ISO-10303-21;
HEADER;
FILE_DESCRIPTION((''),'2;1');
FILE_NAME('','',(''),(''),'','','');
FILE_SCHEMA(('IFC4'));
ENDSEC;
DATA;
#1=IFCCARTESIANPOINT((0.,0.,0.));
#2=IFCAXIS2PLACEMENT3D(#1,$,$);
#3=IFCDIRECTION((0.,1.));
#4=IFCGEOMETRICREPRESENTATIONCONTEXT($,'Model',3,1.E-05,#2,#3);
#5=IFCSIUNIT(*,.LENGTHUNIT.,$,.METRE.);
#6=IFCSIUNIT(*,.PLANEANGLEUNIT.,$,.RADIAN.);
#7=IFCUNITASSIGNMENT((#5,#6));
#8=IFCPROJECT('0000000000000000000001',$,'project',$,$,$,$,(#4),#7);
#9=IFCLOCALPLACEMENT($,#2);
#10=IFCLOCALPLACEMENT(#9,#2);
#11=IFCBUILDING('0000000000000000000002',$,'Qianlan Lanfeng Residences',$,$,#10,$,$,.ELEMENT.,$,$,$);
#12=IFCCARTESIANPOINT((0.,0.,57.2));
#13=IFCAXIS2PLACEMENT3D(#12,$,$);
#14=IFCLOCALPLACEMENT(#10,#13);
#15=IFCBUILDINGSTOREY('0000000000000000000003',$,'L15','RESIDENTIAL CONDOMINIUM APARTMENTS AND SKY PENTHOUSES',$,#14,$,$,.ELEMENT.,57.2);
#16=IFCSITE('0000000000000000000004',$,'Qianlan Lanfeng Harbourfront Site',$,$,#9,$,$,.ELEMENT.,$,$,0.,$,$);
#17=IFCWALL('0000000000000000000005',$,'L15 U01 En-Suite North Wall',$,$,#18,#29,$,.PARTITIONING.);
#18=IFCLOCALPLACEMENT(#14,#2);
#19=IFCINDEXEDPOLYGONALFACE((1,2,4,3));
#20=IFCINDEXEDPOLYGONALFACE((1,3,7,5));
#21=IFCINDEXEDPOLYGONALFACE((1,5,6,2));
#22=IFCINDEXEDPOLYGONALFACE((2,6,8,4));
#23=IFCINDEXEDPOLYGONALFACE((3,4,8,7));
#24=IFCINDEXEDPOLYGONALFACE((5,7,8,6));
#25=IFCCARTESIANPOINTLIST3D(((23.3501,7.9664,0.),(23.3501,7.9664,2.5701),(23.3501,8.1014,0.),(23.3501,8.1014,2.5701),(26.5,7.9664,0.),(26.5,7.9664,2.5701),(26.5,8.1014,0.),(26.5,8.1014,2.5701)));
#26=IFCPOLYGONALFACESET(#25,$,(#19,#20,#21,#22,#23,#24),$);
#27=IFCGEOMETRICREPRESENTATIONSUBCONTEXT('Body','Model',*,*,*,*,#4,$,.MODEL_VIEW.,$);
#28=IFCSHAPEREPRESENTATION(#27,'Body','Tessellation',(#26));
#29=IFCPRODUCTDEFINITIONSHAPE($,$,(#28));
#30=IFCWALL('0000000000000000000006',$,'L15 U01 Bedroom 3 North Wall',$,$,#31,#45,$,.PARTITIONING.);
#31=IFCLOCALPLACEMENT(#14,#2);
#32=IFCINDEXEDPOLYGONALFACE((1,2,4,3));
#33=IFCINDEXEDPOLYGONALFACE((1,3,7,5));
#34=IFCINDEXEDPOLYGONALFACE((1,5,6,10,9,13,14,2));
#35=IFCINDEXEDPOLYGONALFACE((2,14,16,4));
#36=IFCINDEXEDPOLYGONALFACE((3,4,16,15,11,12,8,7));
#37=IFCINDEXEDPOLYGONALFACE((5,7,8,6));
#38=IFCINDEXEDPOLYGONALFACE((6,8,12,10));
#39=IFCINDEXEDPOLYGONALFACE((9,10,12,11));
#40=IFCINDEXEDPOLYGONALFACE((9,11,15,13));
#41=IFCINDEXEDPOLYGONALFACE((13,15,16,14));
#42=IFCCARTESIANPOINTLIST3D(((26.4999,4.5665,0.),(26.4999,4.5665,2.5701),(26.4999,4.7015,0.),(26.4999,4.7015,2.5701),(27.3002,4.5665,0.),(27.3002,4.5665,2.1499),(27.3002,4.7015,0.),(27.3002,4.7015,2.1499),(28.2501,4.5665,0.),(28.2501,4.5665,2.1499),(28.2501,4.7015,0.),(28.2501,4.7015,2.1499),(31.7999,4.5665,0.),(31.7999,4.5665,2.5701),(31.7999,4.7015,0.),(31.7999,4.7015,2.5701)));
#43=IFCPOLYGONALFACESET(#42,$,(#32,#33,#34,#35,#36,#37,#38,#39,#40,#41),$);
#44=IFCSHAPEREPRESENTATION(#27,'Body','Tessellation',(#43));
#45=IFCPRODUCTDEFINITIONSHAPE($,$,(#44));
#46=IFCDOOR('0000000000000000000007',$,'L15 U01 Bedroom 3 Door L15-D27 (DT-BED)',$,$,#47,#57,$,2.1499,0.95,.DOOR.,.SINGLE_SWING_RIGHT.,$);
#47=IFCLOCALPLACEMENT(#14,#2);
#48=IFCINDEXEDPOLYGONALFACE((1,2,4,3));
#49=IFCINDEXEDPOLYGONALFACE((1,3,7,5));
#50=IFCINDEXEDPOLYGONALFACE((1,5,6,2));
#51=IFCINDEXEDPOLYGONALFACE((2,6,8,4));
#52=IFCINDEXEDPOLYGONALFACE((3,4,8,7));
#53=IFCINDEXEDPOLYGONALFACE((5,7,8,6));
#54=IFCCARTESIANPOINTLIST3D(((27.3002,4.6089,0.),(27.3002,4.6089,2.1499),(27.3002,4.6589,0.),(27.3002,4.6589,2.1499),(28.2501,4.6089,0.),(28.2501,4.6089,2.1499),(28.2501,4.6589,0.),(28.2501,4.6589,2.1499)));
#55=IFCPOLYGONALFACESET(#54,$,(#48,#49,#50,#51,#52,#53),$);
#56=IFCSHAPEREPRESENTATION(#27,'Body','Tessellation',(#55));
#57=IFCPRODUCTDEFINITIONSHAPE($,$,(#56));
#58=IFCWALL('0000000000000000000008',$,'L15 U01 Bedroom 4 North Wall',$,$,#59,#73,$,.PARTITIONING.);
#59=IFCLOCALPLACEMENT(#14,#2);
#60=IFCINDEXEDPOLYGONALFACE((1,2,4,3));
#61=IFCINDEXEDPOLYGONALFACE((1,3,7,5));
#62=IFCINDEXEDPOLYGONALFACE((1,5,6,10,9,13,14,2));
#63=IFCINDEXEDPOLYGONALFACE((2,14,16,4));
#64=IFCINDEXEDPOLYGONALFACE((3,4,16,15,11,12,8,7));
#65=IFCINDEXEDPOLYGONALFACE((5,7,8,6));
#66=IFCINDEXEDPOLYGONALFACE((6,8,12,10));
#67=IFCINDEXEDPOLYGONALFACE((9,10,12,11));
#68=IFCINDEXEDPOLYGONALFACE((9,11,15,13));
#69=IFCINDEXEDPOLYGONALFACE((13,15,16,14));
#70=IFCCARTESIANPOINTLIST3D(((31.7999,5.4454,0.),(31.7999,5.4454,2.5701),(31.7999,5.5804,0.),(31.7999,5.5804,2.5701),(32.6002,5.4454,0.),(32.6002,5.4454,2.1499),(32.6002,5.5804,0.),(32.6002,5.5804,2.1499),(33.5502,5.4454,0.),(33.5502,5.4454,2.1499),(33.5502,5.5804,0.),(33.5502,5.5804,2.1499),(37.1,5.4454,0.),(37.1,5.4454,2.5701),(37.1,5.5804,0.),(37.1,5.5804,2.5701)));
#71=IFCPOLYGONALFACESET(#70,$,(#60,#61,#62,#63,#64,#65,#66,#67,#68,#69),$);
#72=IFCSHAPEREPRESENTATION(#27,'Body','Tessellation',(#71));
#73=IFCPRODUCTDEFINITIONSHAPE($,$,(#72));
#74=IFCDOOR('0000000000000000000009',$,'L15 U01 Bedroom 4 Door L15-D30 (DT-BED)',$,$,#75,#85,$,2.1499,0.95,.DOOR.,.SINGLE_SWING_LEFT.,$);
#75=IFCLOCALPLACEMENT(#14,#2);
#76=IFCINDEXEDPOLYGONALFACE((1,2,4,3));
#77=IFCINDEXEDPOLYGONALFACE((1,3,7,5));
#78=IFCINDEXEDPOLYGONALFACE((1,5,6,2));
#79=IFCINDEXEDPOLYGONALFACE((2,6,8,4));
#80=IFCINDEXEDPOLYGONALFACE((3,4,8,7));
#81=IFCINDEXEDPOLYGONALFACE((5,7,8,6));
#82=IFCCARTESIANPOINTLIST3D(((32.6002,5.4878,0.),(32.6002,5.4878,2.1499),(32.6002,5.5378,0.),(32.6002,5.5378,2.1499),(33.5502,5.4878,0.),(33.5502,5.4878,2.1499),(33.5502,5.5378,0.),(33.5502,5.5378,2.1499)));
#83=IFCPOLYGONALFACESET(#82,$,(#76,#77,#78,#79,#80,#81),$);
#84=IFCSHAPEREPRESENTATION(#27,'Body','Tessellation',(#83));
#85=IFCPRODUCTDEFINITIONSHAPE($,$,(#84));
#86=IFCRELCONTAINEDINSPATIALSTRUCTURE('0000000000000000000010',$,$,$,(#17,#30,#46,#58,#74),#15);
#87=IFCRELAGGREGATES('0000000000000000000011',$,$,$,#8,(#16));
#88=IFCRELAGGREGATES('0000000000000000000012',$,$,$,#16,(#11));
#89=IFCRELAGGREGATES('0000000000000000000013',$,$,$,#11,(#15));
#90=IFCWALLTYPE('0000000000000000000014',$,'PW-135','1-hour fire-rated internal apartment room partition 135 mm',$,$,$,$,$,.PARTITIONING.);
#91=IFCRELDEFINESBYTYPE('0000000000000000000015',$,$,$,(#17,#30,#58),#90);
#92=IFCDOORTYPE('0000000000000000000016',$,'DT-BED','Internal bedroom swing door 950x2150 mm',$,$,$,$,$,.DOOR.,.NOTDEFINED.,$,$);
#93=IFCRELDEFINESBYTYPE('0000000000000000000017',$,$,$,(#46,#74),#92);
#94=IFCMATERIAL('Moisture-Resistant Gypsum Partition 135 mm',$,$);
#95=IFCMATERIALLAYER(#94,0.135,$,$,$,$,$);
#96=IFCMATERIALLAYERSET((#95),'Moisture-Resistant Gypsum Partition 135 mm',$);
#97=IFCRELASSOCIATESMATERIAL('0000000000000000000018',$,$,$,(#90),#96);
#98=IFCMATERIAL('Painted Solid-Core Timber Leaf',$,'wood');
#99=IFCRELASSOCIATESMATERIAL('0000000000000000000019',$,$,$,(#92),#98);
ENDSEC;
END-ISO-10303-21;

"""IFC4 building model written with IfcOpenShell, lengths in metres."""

from ifc_helpers import new_model, si_unit, direction, frame, frame_2d, origin, place, context, subcontext, project, spatial, rectangle, extrude, material, layer, layer_set, type_object, element, fill, save


model = new_model("IFC4")

# Units and contexts
model_context = context("Model", 3, precision=1e-05, world=origin(), true_north=direction((0.0, 1.0)))
body_context = subcontext(model_context, "Body", "Model", "MODEL_VIEW")
ifc_project = project(units=[si_unit("LENGTHUNIT", "METRE"), si_unit("PLANEANGLEUNIT", "RADIAN")], contexts=[model_context])

# Site, building, storey
site_placement = place(None, origin())
site = spatial("IfcSite", under=ifc_project, at=site_placement, Name="Qianlan Lanfeng Harbourfront Site", CompositionType="ELEMENT", RefElevation=0.0)
building_placement = place(site_placement, origin())
building = spatial("IfcBuilding", under=site, at=building_placement, Name="Qianlan Lanfeng Residences", CompositionType="ELEMENT")
storey_placement = place(building_placement, frame((0.0, 0.0, 57.2)))
storey = spatial("IfcBuildingStorey", under=building, at=storey_placement, Name="L15", Description="RESIDENTIAL CONDOMINIUM APARTMENTS AND SKY PENTHOUSES", CompositionType="ELEMENT", Elevation=57.2)

# Shared definitions
ifc_material_1 = material(Name="Moisture-Resistant Gypsum Partition 135 mm")
ifc_layer_1 = layer(ifc_material_1, 0.135)
ifc_layer_set_1 = layer_set([ifc_layer_1], Name="Moisture-Resistant Gypsum Partition 135 mm")
wall_type_1 = type_object("IfcWallType", Name="PW-135", Description="1-hour fire-rated internal apartment room partition 135 mm", PredefinedType="PARTITIONING", material=ifc_layer_set_1)
ifc_material_2 = material(Name="Painted Solid-Core Timber Leaf", Category="wood")
door_type_1 = type_object("IfcDoorType", Name="DT-BED", Description="Internal bedroom swing door 950x2150 mm", OperationType="NOTDEFINED", PredefinedType="DOOR", material=ifc_material_2)

# Wall
wall_1_placement = place(storey_placement, frame((23.3501, 8.0339, 0.0), z_axis=(0.0, 0.0, 1.0), x_axis=(1.0, 0.0, 0.0)))
element("IfcWall", 1, at=wall_1_placement, inside=storey, type_object=wall_type_1, Name="L15 U01 En-Suite North Wall", PredefinedType="PARTITIONING", context=body_context, shape_type="SweptSolid", body=[
    extrude(rectangle(XDim=3.1499, YDim=0.135, at=frame_2d((1.575, 0.0))), origin(), (0.0, 0.0, 1.0), 2.5701),
])

# Walls, openings, doors
wall_2_placement = place(storey_placement, frame((26.5, 4.634, 0.0), z_axis=(0.0, 0.0, 1.0), x_axis=(1.0, 0.0, 0.0)))
wall_2 = element("IfcWall", 2, at=wall_2_placement, inside=storey, type_object=wall_type_1, Name="L15 U01 Bedroom 3 North Wall", PredefinedType="PARTITIONING", context=body_context, shape_type="SweptSolid", body=[
    extrude(rectangle(XDim=5.3, YDim=0.135, at=frame_2d((2.6499, 0.0))), origin(), (0.0, 0.0, 1.0), 2.5701),
])
opening_1_placement = place(wall_2_placement, frame((0.8, 0.0, 0.0)))
opening_1 = element("IfcOpeningElement", 3, at=opening_1_placement, cuts=wall_2, PredefinedType="OPENING", context=body_context, shape_type="SweptSolid", body=[
    extrude(rectangle(XDim=0.95, YDim=2.1499, at=frame_2d((0.4751, 1.075))), frame((0.0, 0.0776, 0.0), z_axis=(0.0, -1.0, 0.0), x_axis=(1.0, 0.0, 0.0)), (0.0, 0.0, 1.0), 0.155),
])
door_1_placement = place(opening_1_placement, origin())
door_1 = element("IfcDoor", 4, at=door_1_placement, inside=storey, type_object=door_type_1, Name="L15 U01 Bedroom 3 Door L15-D27 (DT-BED)", OperationType="SINGLE_SWING_RIGHT", OverallHeight=2.1499, OverallWidth=0.95, PredefinedType="DOOR", context=body_context, shape_type="SweptSolid", body=[
    extrude(rectangle(XDim=0.95, YDim=2.1499, at=frame_2d((0.4751, 1.075))), frame((0.0, 0.0249, 0.0), z_axis=(0.0, -1.0, 0.0), x_axis=(1.0, 0.0, 0.0)), (0.0, 0.0, 1.0), 0.05),
])
fill(opening_1, door_1)
wall_3_placement = place(storey_placement, frame((31.8, 5.5129, 0.0), z_axis=(0.0, 0.0, 1.0), x_axis=(1.0, 0.0, 0.0)))
wall_3 = element("IfcWall", 5, at=wall_3_placement, inside=storey, type_object=wall_type_1, Name="L15 U01 Bedroom 4 North Wall", PredefinedType="PARTITIONING", context=body_context, shape_type="SweptSolid", body=[
    extrude(rectangle(XDim=5.3, YDim=0.135, at=frame_2d((2.6499, 0.0))), origin(), (0.0, 0.0, 1.0), 2.5701),
])
opening_2_placement = place(wall_3_placement, frame((0.8, 0.0, 0.0)))
opening_2 = element("IfcOpeningElement", 6, at=opening_2_placement, cuts=wall_3, PredefinedType="OPENING", context=body_context, shape_type="SweptSolid", body=[
    extrude(rectangle(XDim=0.95, YDim=2.1499, at=frame_2d((0.4751, 1.075))), frame((0.0, 0.0776, 0.0), z_axis=(0.0, -1.0, 0.0), x_axis=(1.0, 0.0, 0.0)), (0.0, 0.0, 1.0), 0.155),
])
door_2_placement = place(opening_2_placement, origin())
door_2 = element("IfcDoor", 7, at=door_2_placement, inside=storey, type_object=door_type_1, Name="L15 U01 Bedroom 4 Door L15-D30 (DT-BED)", OperationType="SINGLE_SWING_LEFT", OverallHeight=2.1499, OverallWidth=0.95, PredefinedType="DOOR", context=body_context, shape_type="SweptSolid", body=[
    extrude(rectangle(XDim=0.95, YDim=2.1499, at=frame_2d((0.4751, 1.075))), frame((0.0, 0.0249, 0.0), z_axis=(0.0, -1.0, 0.0), x_axis=(1.0, 0.0, 0.0)), (0.0, 0.0, 1.0), 0.05),
])
fill(opening_2, door_2)

save(model, "model.ifc")
